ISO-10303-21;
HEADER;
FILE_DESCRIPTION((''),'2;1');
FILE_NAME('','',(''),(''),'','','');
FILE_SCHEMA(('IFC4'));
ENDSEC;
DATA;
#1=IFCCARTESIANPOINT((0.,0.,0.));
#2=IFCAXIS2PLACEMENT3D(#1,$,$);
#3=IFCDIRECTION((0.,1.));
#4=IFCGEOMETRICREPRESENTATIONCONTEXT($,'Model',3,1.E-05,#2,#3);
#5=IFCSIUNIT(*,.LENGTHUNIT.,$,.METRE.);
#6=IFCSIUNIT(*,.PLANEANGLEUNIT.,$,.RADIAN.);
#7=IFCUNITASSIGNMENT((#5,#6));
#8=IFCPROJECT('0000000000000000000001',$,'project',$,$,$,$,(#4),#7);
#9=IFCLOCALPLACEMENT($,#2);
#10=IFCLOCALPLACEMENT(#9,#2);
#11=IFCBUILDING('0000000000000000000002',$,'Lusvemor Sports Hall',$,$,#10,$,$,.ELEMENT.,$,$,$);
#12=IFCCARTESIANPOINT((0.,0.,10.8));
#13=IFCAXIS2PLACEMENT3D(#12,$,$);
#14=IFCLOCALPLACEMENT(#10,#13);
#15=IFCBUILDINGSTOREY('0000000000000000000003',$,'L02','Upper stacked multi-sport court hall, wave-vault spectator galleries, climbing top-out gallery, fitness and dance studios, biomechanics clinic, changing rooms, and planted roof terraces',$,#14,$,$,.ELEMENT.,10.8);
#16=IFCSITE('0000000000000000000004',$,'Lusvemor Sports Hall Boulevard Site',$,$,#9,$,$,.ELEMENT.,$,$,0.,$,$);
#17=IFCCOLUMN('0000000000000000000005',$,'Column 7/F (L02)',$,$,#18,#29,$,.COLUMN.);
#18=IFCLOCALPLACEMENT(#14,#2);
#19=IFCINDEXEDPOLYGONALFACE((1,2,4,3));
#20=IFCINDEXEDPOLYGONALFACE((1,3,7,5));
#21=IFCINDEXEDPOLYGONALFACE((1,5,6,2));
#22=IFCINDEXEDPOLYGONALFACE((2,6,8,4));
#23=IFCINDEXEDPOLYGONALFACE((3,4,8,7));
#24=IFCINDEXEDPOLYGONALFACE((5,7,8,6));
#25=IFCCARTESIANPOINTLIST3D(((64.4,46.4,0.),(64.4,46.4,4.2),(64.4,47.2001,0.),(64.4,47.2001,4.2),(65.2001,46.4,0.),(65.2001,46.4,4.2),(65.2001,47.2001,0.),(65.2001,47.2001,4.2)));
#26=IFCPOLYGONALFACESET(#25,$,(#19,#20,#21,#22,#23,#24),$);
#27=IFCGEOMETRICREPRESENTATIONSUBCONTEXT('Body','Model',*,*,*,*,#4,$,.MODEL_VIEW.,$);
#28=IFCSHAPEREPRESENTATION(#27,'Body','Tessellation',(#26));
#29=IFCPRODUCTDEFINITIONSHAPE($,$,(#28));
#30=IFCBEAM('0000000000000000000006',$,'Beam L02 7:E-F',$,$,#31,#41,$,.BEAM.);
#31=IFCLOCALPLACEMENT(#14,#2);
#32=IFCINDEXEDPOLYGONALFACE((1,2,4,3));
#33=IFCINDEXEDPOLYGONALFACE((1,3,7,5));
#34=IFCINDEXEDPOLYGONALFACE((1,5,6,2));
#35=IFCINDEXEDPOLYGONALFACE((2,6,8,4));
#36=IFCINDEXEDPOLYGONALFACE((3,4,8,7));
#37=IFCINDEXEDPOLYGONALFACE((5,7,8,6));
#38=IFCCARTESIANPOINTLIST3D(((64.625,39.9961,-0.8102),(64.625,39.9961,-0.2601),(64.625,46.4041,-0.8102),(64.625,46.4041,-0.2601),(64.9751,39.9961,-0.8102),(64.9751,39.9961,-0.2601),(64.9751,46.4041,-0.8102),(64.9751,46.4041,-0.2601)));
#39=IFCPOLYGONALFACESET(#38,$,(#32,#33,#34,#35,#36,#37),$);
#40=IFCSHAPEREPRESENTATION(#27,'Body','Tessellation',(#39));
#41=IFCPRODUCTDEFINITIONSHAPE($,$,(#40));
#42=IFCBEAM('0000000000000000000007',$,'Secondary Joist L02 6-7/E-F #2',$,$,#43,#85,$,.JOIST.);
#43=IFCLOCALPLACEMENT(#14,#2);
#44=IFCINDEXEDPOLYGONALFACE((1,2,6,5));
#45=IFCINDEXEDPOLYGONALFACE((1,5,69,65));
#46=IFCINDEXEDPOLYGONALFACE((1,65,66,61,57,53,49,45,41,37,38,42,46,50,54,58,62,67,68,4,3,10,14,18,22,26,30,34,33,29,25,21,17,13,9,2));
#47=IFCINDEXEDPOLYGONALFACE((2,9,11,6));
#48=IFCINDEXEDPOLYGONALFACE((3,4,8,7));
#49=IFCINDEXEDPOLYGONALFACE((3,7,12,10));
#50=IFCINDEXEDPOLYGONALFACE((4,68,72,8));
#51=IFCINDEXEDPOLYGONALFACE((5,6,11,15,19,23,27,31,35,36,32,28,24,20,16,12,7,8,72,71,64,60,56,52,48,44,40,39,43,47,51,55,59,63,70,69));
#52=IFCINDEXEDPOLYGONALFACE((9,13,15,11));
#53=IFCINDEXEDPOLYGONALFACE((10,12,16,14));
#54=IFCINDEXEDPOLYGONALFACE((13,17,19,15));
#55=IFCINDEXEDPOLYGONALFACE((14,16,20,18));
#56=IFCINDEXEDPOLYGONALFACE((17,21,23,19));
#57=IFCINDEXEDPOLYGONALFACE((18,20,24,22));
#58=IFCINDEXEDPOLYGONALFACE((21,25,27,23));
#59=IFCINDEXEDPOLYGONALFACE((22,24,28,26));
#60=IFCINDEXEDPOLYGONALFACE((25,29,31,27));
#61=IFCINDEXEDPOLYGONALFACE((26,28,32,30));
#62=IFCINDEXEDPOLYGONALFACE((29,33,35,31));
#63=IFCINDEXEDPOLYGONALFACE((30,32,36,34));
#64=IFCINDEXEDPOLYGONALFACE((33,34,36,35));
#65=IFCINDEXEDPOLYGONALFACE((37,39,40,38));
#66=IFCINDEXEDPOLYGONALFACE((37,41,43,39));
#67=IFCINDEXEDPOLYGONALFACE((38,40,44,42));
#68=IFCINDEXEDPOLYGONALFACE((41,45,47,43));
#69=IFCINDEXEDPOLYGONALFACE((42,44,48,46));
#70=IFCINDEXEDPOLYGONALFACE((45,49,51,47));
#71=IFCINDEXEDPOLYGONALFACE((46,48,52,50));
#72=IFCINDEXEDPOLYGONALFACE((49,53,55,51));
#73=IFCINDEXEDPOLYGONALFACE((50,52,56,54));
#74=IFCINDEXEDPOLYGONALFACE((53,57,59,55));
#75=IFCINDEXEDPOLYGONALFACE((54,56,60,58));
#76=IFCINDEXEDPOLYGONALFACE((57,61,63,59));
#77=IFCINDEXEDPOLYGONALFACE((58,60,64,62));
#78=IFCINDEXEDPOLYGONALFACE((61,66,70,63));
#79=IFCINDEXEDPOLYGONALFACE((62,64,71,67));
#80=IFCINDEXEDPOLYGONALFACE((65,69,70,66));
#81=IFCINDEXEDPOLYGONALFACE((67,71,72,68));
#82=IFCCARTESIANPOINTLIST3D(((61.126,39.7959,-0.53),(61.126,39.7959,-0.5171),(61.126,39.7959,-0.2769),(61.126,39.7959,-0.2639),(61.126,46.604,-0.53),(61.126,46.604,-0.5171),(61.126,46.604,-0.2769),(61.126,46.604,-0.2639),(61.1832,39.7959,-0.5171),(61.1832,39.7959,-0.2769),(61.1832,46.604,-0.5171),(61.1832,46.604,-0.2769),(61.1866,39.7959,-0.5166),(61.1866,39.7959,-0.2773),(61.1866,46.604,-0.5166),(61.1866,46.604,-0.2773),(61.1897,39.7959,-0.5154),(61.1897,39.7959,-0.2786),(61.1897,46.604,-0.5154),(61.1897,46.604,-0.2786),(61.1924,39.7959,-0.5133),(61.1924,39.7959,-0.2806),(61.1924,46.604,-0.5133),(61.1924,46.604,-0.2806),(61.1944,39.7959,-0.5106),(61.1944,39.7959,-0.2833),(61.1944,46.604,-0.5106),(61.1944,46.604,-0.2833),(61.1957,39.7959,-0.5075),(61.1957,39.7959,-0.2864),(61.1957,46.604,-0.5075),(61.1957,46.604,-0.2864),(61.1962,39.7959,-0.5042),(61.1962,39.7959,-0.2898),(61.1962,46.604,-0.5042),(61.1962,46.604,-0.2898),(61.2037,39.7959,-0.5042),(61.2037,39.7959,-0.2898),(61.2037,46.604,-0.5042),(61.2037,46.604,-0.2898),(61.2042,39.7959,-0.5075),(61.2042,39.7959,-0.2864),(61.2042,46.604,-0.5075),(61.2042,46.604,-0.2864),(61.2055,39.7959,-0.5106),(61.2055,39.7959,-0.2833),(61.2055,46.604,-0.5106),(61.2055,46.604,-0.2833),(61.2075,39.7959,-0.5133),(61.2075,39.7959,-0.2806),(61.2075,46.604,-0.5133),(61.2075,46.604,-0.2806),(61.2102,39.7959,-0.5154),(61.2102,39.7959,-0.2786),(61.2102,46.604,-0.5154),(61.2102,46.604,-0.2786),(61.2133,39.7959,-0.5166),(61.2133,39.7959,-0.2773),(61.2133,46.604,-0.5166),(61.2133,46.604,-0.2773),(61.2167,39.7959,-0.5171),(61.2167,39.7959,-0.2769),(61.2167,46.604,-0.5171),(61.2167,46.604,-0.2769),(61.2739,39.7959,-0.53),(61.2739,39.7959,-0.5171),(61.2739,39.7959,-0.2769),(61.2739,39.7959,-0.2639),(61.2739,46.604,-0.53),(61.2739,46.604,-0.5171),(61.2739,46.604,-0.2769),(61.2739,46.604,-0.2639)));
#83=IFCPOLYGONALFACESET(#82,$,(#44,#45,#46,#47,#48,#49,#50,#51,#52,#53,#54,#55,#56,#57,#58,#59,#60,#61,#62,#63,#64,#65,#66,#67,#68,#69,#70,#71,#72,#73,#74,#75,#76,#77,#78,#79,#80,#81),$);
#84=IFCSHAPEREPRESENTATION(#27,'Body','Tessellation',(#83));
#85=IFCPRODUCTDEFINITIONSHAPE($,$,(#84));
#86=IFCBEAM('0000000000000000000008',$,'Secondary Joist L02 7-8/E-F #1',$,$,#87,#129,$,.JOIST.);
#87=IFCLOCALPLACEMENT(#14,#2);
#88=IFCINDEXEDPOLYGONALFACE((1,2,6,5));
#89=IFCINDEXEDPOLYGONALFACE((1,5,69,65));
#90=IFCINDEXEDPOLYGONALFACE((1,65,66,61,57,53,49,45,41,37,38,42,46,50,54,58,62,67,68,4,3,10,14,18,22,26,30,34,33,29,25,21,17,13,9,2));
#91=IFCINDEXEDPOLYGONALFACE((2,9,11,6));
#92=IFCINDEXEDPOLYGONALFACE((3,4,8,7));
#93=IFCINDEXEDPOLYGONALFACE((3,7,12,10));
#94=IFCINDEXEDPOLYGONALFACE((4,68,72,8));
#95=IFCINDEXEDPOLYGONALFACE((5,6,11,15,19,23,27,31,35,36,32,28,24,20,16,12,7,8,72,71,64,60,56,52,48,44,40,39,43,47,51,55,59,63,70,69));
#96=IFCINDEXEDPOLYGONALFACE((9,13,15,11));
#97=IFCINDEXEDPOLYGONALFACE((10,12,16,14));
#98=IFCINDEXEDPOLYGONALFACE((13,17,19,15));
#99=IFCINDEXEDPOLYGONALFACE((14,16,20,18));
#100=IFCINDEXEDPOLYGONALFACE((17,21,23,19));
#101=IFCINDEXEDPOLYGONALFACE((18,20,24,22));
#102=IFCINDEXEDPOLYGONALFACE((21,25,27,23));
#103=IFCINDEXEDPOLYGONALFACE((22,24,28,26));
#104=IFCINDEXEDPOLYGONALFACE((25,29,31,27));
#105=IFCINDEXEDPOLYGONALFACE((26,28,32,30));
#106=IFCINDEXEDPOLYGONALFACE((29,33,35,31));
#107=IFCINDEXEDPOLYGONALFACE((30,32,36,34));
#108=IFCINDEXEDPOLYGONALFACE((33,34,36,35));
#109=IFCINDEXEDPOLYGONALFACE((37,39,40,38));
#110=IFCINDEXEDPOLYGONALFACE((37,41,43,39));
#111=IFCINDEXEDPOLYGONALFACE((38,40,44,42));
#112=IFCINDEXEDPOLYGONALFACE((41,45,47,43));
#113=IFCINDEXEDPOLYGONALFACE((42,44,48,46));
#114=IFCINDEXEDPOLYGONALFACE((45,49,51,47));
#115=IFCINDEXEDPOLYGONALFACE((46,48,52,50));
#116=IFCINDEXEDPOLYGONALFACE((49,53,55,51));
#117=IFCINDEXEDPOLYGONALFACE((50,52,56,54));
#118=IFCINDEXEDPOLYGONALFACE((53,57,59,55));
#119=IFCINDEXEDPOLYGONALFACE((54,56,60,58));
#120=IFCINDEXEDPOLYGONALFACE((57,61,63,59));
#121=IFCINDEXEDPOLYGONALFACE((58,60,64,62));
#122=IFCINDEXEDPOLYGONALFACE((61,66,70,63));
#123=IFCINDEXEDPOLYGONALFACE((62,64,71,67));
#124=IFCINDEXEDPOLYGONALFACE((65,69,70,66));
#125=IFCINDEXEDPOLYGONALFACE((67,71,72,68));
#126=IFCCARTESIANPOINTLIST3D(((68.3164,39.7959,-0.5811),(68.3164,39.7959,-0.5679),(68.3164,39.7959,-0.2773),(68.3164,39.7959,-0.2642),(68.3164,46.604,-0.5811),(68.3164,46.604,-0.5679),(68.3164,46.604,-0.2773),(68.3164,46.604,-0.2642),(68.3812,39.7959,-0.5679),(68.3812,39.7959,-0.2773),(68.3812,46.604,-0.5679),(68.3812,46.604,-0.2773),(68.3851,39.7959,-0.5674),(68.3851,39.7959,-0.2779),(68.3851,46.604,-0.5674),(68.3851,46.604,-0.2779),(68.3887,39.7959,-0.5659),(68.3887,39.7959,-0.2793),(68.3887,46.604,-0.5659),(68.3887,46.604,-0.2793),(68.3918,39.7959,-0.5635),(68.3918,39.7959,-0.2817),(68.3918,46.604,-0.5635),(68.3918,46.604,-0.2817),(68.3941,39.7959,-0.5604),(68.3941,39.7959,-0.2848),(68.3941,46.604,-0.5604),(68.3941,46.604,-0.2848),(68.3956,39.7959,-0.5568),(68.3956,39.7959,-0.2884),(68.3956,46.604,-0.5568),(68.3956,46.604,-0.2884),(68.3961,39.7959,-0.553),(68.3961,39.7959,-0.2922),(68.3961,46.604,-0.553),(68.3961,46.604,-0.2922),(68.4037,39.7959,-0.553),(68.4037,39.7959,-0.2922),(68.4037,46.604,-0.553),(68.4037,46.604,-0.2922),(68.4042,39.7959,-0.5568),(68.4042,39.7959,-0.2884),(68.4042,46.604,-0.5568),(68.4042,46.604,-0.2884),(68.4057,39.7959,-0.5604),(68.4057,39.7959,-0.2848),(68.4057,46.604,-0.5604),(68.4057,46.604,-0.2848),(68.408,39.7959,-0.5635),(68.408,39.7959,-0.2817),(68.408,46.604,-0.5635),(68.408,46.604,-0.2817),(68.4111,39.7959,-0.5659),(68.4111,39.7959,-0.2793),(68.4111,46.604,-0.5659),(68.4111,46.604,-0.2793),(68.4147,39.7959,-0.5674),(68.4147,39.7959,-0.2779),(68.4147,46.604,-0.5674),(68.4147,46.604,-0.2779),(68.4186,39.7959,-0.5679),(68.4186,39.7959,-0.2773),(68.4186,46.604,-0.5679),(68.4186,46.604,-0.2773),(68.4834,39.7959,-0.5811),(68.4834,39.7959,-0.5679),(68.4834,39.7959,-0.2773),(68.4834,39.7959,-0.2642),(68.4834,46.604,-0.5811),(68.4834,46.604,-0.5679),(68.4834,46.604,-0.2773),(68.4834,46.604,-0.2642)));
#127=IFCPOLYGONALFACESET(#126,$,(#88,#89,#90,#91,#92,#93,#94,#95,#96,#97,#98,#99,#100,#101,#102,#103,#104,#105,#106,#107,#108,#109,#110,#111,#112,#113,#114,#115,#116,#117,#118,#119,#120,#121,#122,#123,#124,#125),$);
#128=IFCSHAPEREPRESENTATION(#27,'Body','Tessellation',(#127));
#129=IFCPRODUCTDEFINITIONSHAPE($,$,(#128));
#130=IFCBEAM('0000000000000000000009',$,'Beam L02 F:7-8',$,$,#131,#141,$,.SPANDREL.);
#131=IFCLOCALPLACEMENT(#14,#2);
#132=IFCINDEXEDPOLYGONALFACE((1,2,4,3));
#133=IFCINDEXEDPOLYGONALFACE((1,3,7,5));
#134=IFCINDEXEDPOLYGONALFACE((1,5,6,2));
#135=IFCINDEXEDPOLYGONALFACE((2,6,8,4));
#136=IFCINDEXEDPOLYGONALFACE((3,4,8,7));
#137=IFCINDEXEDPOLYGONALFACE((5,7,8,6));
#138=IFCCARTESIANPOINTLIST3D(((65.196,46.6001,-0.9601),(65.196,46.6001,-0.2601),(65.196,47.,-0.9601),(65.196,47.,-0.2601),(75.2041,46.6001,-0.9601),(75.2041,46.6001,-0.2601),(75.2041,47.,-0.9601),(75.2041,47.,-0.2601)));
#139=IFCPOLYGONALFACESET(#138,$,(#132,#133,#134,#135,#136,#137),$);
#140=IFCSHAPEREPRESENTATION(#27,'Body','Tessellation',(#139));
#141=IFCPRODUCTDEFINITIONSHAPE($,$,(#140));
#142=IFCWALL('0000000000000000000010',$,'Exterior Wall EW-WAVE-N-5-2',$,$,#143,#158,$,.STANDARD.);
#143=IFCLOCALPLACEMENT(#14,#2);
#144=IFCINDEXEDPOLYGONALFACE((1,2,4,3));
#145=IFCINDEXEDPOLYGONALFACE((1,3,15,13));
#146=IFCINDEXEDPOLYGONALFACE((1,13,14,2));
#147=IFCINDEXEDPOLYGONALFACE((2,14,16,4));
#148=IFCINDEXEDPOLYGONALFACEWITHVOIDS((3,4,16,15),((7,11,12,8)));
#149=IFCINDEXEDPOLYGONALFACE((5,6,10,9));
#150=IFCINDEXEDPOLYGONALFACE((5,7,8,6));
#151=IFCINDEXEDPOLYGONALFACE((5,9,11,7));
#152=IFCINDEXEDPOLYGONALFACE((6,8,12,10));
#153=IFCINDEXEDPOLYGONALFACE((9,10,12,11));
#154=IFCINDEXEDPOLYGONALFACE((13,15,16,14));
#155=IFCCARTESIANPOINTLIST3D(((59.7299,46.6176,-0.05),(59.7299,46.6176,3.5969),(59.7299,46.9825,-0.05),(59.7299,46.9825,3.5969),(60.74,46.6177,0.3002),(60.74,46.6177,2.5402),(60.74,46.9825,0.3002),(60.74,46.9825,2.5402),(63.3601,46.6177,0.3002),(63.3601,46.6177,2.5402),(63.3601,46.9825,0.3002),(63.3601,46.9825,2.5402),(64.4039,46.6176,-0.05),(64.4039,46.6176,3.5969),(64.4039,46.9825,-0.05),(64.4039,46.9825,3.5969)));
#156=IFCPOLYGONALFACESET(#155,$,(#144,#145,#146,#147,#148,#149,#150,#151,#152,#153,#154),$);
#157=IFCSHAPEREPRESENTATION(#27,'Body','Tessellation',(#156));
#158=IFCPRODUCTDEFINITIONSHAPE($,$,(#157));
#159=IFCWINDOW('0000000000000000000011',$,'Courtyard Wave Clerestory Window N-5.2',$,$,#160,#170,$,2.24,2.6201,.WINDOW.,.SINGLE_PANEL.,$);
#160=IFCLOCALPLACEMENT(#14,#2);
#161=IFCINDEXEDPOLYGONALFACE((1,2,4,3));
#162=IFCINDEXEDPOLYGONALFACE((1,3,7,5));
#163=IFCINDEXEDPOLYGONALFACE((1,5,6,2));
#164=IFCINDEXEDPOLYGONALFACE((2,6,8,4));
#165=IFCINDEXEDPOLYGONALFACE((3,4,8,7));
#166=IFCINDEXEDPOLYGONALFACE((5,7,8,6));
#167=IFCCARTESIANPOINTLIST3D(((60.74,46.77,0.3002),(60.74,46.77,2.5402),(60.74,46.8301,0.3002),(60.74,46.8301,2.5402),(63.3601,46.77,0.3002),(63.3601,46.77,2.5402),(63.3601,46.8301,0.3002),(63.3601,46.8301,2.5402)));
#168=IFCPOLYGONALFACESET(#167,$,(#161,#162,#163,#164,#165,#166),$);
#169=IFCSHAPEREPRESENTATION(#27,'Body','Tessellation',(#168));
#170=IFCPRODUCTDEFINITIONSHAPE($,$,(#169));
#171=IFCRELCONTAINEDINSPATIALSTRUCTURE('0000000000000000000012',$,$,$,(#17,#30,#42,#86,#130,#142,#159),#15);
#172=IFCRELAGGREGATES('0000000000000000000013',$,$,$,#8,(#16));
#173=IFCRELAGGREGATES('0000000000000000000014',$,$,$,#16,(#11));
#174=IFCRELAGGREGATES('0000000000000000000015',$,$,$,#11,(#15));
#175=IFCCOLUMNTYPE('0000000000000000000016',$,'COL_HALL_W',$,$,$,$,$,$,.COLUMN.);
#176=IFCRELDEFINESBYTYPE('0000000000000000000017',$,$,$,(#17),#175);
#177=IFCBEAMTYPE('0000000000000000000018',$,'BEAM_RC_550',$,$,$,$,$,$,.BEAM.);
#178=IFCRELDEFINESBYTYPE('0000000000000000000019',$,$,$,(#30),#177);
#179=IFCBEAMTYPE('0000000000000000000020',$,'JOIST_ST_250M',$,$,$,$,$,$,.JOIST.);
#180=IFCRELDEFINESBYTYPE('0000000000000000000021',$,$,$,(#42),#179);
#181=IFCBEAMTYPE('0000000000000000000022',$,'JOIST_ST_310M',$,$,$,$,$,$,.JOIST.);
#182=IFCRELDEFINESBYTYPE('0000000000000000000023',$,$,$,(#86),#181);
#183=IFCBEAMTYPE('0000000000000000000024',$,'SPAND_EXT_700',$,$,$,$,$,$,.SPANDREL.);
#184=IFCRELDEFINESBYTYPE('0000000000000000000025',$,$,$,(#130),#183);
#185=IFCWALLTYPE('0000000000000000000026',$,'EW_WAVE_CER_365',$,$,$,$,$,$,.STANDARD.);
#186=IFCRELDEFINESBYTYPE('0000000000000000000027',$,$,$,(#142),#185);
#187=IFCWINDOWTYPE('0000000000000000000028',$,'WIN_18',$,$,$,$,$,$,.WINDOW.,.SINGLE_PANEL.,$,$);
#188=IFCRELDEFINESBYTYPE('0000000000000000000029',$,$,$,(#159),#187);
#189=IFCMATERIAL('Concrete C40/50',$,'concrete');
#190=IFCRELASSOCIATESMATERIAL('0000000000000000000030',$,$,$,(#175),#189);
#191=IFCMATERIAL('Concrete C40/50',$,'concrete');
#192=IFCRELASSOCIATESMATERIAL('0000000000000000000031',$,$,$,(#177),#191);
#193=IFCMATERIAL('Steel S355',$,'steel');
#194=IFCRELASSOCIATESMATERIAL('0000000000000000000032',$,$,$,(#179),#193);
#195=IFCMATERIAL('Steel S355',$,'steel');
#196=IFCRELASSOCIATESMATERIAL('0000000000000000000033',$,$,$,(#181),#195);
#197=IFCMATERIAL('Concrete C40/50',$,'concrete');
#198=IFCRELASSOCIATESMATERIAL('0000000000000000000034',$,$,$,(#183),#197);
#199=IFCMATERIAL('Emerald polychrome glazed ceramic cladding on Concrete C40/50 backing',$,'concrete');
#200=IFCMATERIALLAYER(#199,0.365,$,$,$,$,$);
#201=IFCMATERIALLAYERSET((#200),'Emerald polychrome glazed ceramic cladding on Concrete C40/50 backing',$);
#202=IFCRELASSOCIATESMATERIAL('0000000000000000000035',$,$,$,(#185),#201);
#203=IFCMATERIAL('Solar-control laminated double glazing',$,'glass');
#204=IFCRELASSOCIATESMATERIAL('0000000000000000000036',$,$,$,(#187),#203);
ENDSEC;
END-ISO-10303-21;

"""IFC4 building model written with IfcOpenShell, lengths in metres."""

from ifc_helpers import new_model, si_unit, direction, frame, frame_2d, origin, origin_2d, place, context, subcontext, project, spatial, rectangle, i_section, extrude, material, layer, layer_set, material_profile, profile_set, type_object, element, fill, save


model = new_model("IFC4")

# Units and contexts
model_context = context("Model", 3, precision=1e-05, world=origin(), true_north=direction((0.0, 1.0)))
body_context = subcontext(model_context, "Body", "Model", "MODEL_VIEW")
ifc_project = project(units=[si_unit("LENGTHUNIT", "METRE"), si_unit("PLANEANGLEUNIT", "RADIAN")], contexts=[model_context])

# Site, building, storey
site_placement = place(None, origin())
site = spatial("IfcSite", under=ifc_project, at=site_placement, Name="Lusvemor Sports Hall Boulevard Site", CompositionType="ELEMENT", RefElevation=0.0)
building_placement = place(site_placement, origin())
building = spatial("IfcBuilding", under=site, at=building_placement, Name="Lusvemor Sports Hall", CompositionType="ELEMENT")
storey_placement = place(building_placement, frame((0.0, 0.0, 10.8)))
storey = spatial("IfcBuildingStorey", under=building, at=storey_placement, Name="L02", Description="Upper stacked multi-sport court hall, wave-vault spectator galleries, climbing top-out gallery, fitness and dance studios, biomechanics clinic, changing rooms, and planted roof terraces", CompositionType="ELEMENT", Elevation=10.8)

# Column
ifc_material_1 = material(Name="Concrete C40/50", Category="concrete")
ifc_material_profile_1 = material_profile(ifc_material_1, rectangle(XDim=0.8, YDim=0.8, at=origin_2d()), Name="RC800x800")
ifc_profile_set_1 = profile_set([ifc_material_profile_1], Name="Concrete C40/50")
column_type = type_object("IfcColumnType", Name="COL_HALL_W", PredefinedType="COLUMN", material=ifc_profile_set_1)
column_placement = place(storey_placement, frame((64.8, 46.8, 0.0), z_axis=(0.0, 0.0, 1.0), x_axis=(1.0, 0.0, 0.0)))
element("IfcColumn", 1, at=column_placement, inside=storey, type_object=column_type, Name="Column 7/F (L02)", PredefinedType="COLUMN", context=body_context, shape_type="SweptSolid", body=[
    extrude(rectangle(XDim=0.8, YDim=0.8, at=origin_2d()), origin(), (0.0, 0.0, 1.0), 4.2),
])

# Beams
ifc_material_2 = material(Name="Concrete C40/50", Category="concrete")
ifc_material_profile_2 = material_profile(ifc_material_2, rectangle(XDim=0.3501, YDim=0.55, at=origin_2d()), Name="RC350x550")
ifc_profile_set_2 = profile_set([ifc_material_profile_2], Name="Concrete C40/50")
beam_type_1 = type_object("IfcBeamType", Name="BEAM_RC_550", PredefinedType="BEAM", material=ifc_profile_set_2)
beam_1_placement = place(storey_placement, frame((64.8, 39.9961, -0.5352), z_axis=(0.0, 1.0, 0.0), x_axis=(-1.0, 0.0, 0.0)))
element("IfcBeam", 2, at=beam_1_placement, inside=storey, type_object=beam_type_1, Name="Beam L02 7:E-F", PredefinedType="BEAM", context=body_context, shape_type="SweptSolid", body=[
    extrude(rectangle(XDim=0.3501, YDim=0.55, at=origin_2d()), origin(), (0.0, 0.0, 1.0), 6.408),
])
ifc_material_3 = material(Name="Steel S355", Category="steel")
ifc_material_profile_3 = material_profile(ifc_material_3, i_section(OverallWidth=0.1479, OverallDepth=0.2661, WebThickness=0.0076, FlangeThickness=0.0129, FilletRadius=0.0129, at=origin_2d()), Name="W250x44.8")
ifc_profile_set_3 = profile_set([ifc_material_profile_3], Name="Steel S355")
beam_type_2 = type_object("IfcBeamType", Name="JOIST_ST_250M", PredefinedType="JOIST", material=ifc_profile_set_3)
beam_2_placement = place(storey_placement, frame((61.2, 39.7959, -0.397), z_axis=(0.0, 1.0, 0.0), x_axis=(-1.0, 0.0, 0.0)))
element("IfcBeam", 3, at=beam_2_placement, inside=storey, type_object=beam_type_2, Name="Secondary Joist L02 6-7/E-F #2", PredefinedType="JOIST", context=body_context, shape_type="SweptSolid", body=[
    extrude(i_section(OverallWidth=0.1479, OverallDepth=0.2661, WebThickness=0.0076, FlangeThickness=0.0129, FilletRadius=0.0129, at=origin_2d()), origin(), (0.0, 0.0, 1.0), 6.8081),
])
ifc_material_4 = material(Name="Steel S355", Category="steel")
ifc_material_profile_4 = material_profile(ifc_material_4, i_section(OverallWidth=0.167, OverallDepth=0.3169, WebThickness=0.0076, FlangeThickness=0.0132, FilletRadius=0.0149, at=origin_2d()), Name="W310x52.0")
ifc_profile_set_4 = profile_set([ifc_material_profile_4], Name="Steel S355")
beam_type_3 = type_object("IfcBeamType", Name="JOIST_ST_310M", PredefinedType="JOIST", material=ifc_profile_set_4)
beam_3_placement = place(storey_placement, frame((68.3999, 39.7959, -0.4226), z_axis=(0.0, 1.0, 0.0), x_axis=(-1.0, 0.0, 0.0)))
element("IfcBeam", 4, at=beam_3_placement, inside=storey, type_object=beam_type_3, Name="Secondary Joist L02 7-8/E-F #1", PredefinedType="JOIST", context=body_context, shape_type="SweptSolid", body=[
    extrude(i_section(OverallWidth=0.167, OverallDepth=0.3169, WebThickness=0.0076, FlangeThickness=0.0132, FilletRadius=0.0149, at=origin_2d()), origin(), (0.0, 0.0, 1.0), 6.8081),
])
ifc_material_5 = material(Name="Concrete C40/50", Category="concrete")
ifc_material_profile_5 = material_profile(ifc_material_5, rectangle(XDim=0.3999, YDim=0.7, at=origin_2d()), Name="RC400x700")
ifc_profile_set_5 = profile_set([ifc_material_profile_5], Name="Concrete C40/50")
beam_type_4 = type_object("IfcBeamType", Name="SPAND_EXT_700", PredefinedType="SPANDREL", material=ifc_profile_set_5)
beam_4_placement = place(storey_placement, frame((65.196, 46.8, -0.6101), z_axis=(1.0, 0.0, 0.0), x_axis=(0.0, 1.0, 0.0)))
element("IfcBeam", 5, at=beam_4_placement, inside=storey, type_object=beam_type_4, Name="Beam L02 F:7-8", PredefinedType="SPANDREL", context=body_context, shape_type="SweptSolid", body=[
    extrude(rectangle(XDim=0.3999, YDim=0.7, at=origin_2d()), origin(), (0.0, 0.0, 1.0), 10.0081),
])

# Wall, opening, window
ifc_material_6 = material(Name="Emerald polychrome glazed ceramic cladding on Concrete C40/50 backing", Category="concrete")
ifc_layer_1 = layer(ifc_material_6, 0.365)
ifc_layer_set_1 = layer_set([ifc_layer_1], Name="Emerald polychrome glazed ceramic cladding on Concrete C40/50 backing")
wall_type = type_object("IfcWallType", Name="EW_WAVE_CER_365", PredefinedType="STANDARD", material=ifc_layer_set_1)
wall_1_placement = place(storey_placement, frame((59.73, 46.8, -0.05), z_axis=(0.0, 0.0, 1.0), x_axis=(1.0, 0.0, 0.0)))
wall_1 = element("IfcWall", 6, at=wall_1_placement, inside=storey, type_object=wall_type, Name="Exterior Wall EW-WAVE-N-5-2", PredefinedType="STANDARD", context=body_context, shape_type="SweptSolid", body=[
    extrude(rectangle(XDim=4.6741, YDim=0.365, at=frame_2d((2.3369, 0.0))), origin(), (0.0, 0.0, 1.0), 3.647),
])
opening_placement = place(wall_1_placement, frame((1.01, 0.0, 0.3501)))
opening = element("IfcOpeningElement", 7, at=opening_placement, cuts=wall_1, PredefinedType="OPENING", context=body_context, shape_type="SweptSolid", body=[
    extrude(rectangle(XDim=2.6201, YDim=2.24, at=frame_2d((1.3101, 1.1201))), frame((0.0, 0.1826, 0.0), z_axis=(0.0, -1.0, 0.0), x_axis=(1.0, 0.0, 0.0)), (0.0, 0.0, 1.0), 0.365),
])
ifc_material_7 = material(Name="Solar-control laminated double glazing", Category="glass")
window_type = type_object("IfcWindowType", Name="WIN_18", PartitioningType="SINGLE_PANEL", PredefinedType="WINDOW", material=ifc_material_7)
window_placement = place(opening_placement, origin())
window = element("IfcWindow", 8, at=window_placement, inside=storey, type_object=window_type, Name="Courtyard Wave Clerestory Window N-5.2", OverallHeight=2.24, OverallWidth=2.6201, PartitioningType="SINGLE_PANEL", PredefinedType="WINDOW", context=body_context, shape_type="SweptSolid", body=[
    extrude(rectangle(XDim=2.6201, YDim=2.24, at=frame_2d((1.3101, 1.1201))), frame((0.0, 0.03, 0.0), z_axis=(0.0, -1.0, 0.0), x_axis=(1.0, 0.0, 0.0)), (0.0, 0.0, 1.0), 0.0601),
])
fill(opening, window)

save(model, "model.ifc")
